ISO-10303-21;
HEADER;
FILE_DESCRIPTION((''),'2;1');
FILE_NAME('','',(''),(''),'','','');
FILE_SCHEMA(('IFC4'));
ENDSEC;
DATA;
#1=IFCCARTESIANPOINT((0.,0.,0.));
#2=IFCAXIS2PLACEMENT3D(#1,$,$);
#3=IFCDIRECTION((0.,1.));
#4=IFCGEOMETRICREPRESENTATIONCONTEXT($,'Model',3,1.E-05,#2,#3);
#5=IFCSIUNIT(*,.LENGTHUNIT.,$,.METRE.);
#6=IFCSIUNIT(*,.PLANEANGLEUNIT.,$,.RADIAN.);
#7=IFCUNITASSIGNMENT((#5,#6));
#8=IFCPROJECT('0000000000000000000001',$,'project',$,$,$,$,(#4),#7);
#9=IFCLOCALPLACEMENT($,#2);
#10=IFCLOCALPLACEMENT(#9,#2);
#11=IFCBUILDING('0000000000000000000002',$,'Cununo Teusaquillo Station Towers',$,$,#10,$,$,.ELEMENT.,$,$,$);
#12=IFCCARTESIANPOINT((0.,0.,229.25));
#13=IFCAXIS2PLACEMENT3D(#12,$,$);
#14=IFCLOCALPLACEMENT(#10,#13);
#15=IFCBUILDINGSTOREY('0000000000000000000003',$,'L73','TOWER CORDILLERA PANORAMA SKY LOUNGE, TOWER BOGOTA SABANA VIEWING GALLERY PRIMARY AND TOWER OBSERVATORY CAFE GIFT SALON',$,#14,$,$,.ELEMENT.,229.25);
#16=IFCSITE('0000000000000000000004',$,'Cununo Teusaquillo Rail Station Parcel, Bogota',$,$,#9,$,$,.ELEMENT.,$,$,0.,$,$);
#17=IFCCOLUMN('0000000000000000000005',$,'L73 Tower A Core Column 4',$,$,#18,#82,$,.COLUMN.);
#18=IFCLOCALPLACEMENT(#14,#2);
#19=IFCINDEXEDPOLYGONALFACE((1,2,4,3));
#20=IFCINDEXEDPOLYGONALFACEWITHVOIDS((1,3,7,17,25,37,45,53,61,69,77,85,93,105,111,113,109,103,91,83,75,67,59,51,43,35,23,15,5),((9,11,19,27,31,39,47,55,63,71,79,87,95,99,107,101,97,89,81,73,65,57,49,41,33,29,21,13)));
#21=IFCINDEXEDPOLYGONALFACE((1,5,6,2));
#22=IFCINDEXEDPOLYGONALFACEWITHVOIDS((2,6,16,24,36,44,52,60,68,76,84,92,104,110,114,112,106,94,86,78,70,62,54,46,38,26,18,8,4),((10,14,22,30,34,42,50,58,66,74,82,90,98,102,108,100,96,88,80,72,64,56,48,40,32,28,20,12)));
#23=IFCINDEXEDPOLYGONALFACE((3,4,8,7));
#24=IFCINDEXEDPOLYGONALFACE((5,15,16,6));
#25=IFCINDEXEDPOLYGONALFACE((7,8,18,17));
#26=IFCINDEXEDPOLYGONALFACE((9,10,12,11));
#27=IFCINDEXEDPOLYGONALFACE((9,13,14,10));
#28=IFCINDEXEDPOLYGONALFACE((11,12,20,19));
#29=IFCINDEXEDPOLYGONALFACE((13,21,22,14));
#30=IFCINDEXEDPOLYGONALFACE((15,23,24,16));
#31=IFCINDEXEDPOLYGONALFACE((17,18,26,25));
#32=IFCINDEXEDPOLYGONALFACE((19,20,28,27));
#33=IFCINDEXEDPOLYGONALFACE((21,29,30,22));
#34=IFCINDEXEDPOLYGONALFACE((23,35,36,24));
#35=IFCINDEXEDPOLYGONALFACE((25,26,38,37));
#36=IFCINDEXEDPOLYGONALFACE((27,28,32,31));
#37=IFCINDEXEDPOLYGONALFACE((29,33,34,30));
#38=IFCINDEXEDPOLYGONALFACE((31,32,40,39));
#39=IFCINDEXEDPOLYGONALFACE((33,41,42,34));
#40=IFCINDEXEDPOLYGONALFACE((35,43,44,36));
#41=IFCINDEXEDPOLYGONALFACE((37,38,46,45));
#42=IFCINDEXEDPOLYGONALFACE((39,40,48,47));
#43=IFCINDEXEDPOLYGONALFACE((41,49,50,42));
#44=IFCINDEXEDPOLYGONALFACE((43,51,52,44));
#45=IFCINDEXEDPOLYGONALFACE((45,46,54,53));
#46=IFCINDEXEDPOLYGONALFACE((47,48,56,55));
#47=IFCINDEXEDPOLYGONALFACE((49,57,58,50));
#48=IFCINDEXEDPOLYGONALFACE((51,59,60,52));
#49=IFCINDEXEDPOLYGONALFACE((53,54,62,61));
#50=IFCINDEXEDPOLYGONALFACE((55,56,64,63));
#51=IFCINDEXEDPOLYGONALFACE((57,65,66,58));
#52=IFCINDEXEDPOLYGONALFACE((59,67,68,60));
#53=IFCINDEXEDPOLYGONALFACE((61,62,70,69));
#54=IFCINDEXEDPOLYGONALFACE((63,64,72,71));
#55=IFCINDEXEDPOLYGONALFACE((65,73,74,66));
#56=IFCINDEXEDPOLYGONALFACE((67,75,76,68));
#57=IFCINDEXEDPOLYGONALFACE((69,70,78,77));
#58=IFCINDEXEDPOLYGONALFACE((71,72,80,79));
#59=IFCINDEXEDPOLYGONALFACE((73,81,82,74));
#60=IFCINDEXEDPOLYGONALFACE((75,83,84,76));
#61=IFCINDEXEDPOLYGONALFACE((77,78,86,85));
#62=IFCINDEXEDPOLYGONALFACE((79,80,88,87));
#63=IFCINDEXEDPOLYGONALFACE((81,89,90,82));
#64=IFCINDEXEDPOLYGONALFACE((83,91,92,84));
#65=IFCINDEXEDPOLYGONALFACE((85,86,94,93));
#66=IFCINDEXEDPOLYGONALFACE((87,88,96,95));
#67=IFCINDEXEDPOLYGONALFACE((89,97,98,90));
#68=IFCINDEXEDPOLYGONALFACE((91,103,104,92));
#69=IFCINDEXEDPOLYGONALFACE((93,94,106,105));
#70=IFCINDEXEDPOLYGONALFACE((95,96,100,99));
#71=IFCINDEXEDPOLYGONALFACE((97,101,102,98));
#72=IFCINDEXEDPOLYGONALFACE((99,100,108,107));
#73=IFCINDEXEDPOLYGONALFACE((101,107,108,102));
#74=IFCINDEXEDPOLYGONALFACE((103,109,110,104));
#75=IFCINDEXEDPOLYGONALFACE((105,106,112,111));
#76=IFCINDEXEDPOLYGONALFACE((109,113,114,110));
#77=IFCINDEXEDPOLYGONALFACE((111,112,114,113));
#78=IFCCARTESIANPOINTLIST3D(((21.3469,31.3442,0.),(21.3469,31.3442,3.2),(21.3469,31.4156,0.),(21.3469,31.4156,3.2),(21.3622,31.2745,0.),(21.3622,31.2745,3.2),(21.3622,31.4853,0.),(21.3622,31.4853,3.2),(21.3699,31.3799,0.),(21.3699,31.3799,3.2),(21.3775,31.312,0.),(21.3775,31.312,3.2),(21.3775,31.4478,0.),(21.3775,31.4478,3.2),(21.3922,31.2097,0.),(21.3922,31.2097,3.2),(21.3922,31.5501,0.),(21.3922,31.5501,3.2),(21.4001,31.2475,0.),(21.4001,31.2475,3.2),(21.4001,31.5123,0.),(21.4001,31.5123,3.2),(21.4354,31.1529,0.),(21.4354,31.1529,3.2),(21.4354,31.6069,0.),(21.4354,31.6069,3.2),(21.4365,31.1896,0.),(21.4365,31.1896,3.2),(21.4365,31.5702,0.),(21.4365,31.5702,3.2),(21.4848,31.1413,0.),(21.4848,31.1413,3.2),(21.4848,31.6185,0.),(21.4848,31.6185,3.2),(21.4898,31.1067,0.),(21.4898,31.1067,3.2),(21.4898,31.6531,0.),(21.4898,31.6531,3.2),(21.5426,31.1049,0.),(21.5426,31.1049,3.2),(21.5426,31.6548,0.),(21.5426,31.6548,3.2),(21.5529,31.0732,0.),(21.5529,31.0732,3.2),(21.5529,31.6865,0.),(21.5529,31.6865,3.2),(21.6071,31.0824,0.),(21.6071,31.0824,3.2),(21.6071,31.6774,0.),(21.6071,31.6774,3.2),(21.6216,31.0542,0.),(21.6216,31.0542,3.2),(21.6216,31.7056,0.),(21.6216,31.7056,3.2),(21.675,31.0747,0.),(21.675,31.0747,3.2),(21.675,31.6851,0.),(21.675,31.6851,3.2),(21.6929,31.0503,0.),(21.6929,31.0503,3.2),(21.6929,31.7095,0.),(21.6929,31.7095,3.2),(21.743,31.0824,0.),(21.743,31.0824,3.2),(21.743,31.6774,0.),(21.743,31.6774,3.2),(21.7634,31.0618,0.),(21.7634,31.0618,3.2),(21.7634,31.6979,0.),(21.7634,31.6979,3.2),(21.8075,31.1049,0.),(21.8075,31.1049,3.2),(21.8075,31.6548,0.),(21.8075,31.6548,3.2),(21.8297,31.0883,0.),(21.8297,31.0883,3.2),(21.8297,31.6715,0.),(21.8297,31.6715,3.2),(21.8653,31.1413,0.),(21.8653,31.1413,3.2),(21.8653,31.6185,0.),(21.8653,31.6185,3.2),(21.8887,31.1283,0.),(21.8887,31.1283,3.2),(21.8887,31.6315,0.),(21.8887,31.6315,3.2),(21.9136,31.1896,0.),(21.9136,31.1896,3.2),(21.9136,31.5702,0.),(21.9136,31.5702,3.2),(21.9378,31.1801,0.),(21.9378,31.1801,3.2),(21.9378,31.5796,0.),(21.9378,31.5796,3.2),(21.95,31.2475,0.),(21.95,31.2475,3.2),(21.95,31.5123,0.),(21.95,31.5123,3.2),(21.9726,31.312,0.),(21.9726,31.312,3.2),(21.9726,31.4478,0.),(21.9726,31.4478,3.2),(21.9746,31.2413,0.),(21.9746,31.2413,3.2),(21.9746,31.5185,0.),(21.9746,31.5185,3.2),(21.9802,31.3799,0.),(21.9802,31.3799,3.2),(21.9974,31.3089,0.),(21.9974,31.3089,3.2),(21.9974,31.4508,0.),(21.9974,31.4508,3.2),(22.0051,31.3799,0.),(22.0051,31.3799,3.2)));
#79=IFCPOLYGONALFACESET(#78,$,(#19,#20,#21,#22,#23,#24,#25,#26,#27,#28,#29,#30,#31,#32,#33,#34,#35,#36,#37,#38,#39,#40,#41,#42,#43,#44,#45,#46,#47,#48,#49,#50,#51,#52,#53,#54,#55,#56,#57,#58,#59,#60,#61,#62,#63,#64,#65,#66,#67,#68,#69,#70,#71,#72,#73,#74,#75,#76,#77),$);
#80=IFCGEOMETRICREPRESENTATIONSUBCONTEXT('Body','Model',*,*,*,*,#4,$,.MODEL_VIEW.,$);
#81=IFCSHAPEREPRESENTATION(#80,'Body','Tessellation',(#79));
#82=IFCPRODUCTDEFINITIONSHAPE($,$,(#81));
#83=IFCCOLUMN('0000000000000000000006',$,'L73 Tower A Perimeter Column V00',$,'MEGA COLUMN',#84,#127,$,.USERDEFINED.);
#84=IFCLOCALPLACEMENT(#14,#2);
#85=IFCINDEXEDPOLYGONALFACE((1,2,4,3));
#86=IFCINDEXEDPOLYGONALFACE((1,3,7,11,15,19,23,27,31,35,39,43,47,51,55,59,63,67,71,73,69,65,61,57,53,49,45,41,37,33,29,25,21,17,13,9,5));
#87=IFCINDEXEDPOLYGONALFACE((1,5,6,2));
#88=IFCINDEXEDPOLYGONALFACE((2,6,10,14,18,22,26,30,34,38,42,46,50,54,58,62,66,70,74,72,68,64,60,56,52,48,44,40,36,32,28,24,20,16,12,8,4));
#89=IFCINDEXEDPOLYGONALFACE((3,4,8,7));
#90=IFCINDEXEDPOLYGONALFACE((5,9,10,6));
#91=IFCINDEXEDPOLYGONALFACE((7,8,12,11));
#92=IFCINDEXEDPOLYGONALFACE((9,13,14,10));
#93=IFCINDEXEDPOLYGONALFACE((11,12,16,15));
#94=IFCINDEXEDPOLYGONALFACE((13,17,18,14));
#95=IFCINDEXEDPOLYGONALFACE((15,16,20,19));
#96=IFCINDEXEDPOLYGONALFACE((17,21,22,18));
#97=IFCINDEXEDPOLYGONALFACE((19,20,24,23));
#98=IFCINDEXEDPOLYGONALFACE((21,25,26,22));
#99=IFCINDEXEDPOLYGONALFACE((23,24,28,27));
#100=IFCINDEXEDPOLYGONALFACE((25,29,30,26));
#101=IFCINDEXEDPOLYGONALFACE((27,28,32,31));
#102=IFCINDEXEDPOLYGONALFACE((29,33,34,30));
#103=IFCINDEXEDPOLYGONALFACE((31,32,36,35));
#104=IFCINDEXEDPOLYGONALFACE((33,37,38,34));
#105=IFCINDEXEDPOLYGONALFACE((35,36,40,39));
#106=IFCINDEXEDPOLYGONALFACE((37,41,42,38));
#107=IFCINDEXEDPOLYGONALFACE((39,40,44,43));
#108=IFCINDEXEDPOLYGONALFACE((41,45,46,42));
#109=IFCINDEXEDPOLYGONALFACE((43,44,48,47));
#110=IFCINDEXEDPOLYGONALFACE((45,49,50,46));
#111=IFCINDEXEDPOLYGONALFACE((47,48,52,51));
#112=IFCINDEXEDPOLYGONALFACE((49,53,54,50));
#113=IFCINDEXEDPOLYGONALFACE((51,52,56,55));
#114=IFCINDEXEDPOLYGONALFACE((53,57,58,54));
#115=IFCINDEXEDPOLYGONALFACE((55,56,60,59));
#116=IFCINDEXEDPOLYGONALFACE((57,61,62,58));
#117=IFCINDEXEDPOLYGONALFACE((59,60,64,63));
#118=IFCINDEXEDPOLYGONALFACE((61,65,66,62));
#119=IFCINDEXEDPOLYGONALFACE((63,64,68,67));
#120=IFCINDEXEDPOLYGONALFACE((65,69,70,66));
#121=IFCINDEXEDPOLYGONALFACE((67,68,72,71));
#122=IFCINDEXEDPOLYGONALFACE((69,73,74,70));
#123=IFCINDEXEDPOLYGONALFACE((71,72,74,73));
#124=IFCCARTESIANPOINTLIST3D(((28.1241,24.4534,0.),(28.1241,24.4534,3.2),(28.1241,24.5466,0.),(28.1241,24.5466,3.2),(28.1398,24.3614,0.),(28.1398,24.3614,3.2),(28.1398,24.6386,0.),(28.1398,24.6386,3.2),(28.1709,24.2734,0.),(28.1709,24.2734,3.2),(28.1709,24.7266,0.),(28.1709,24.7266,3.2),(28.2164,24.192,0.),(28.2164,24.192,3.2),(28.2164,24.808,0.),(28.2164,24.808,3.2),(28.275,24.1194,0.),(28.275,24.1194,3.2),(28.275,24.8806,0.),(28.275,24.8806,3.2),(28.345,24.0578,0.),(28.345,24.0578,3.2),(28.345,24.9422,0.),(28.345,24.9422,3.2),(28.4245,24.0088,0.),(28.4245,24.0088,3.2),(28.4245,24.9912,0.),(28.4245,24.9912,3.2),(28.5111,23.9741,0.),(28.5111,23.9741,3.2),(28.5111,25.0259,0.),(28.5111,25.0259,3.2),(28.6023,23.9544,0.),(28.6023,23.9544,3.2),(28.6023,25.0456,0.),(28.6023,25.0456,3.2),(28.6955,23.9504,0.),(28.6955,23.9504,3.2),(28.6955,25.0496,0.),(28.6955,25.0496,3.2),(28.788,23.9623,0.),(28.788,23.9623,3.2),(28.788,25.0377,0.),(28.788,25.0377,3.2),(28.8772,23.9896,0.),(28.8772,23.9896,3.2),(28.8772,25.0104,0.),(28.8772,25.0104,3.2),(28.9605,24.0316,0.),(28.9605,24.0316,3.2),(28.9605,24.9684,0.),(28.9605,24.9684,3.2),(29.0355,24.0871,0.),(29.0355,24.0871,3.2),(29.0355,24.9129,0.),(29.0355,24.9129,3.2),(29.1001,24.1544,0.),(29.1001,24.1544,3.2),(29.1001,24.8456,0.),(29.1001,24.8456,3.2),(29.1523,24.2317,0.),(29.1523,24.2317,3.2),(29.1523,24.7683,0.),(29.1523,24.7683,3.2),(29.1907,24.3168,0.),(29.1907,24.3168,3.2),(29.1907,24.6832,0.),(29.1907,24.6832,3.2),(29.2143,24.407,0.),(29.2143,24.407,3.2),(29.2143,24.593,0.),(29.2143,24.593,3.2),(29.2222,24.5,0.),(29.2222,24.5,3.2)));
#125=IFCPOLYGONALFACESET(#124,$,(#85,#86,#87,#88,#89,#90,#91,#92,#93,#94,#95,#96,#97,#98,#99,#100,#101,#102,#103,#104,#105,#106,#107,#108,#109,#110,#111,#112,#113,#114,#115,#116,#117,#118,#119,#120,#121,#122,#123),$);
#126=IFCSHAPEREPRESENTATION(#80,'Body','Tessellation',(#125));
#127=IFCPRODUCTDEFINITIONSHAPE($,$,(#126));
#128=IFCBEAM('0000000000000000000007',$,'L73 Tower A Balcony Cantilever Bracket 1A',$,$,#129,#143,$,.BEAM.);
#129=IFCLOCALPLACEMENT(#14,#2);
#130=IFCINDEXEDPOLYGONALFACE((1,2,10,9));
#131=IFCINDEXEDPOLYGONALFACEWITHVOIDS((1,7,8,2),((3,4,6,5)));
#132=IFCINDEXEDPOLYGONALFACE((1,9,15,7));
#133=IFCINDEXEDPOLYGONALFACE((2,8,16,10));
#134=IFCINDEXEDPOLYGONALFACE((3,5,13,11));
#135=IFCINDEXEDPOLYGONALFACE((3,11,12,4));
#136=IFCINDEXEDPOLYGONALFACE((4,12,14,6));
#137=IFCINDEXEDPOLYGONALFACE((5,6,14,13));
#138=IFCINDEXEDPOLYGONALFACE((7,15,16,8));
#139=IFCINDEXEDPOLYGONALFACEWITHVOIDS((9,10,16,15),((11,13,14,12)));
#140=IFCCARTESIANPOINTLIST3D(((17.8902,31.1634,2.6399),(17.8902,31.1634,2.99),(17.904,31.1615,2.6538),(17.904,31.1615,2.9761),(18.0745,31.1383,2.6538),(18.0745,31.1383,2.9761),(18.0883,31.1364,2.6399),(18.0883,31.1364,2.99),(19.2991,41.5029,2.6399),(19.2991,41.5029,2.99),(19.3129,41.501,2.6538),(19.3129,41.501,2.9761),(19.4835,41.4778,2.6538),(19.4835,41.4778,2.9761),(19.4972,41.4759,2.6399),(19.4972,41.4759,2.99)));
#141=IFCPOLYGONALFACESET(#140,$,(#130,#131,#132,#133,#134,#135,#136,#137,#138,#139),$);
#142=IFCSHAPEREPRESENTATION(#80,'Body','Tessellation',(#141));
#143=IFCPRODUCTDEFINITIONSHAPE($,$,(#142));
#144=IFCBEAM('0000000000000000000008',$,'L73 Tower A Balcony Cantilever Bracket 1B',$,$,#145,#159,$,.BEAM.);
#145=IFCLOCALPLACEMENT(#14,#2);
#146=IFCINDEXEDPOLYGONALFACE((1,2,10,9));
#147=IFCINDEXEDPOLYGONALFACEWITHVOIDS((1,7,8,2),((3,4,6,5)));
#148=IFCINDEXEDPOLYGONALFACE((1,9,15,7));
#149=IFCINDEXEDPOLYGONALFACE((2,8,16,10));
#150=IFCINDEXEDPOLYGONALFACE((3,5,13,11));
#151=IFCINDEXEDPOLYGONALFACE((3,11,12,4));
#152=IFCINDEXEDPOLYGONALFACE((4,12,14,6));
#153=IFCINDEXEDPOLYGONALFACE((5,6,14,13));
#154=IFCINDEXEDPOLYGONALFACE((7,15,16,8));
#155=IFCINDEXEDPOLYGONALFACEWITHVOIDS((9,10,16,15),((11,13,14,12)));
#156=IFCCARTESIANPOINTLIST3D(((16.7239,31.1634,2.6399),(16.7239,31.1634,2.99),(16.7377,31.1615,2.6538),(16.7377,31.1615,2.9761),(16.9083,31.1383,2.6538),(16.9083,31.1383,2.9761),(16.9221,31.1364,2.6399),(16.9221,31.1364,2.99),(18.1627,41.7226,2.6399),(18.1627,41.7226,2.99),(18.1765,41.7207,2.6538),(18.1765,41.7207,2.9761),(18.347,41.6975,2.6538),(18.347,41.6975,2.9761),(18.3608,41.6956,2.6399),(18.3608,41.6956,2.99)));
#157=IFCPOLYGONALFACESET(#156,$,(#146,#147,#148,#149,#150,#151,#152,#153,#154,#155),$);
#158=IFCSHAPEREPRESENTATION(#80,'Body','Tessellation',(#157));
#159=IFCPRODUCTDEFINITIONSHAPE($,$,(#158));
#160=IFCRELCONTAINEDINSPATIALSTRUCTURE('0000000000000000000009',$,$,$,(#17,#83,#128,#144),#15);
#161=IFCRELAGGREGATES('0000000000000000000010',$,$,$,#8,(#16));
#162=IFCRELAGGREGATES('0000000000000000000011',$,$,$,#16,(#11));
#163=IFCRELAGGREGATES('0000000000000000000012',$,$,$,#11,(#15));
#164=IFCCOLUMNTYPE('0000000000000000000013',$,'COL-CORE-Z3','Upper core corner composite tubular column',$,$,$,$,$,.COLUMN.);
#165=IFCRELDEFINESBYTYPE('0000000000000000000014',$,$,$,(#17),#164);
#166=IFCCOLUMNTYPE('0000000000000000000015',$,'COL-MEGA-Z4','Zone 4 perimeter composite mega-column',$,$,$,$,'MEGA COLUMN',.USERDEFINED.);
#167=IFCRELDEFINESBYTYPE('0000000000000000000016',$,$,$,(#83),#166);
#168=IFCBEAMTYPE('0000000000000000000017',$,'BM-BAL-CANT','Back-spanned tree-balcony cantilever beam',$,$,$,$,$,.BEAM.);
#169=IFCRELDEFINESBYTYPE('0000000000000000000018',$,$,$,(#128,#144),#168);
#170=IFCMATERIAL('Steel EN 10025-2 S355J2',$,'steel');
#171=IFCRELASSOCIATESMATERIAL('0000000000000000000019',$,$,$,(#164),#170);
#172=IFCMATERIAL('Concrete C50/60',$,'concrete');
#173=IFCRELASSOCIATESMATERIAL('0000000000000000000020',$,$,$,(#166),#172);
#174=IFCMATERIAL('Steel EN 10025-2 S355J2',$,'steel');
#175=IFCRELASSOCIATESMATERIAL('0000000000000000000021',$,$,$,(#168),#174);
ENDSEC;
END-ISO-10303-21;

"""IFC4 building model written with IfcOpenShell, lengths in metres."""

from ifc_helpers import new_model, si_unit, direction, frame, origin, origin_2d, place, context, subcontext, project, spatial, hollow_rectangle, circle, hollow_circle, extrude, material, material_profile, profile_set, type_object, element, save


model = new_model("IFC4")

# Units and contexts
model_context = context("Model", 3, precision=1e-05, world=origin(), true_north=direction((0.0, 1.0)))
body_context = subcontext(model_context, "Body", "Model", "MODEL_VIEW")
ifc_project = project(units=[si_unit("LENGTHUNIT", "METRE"), si_unit("PLANEANGLEUNIT", "RADIAN")], contexts=[model_context])

# Site, building, storey
site_placement = place(None, origin())
site = spatial("IfcSite", under=ifc_project, at=site_placement, Name="Cununo Teusaquillo Rail Station Parcel, Bogota", CompositionType="ELEMENT", RefElevation=0.0)
building_placement = place(site_placement, origin())
building = spatial("IfcBuilding", under=site, at=building_placement, Name="Cununo Teusaquillo Station Towers", CompositionType="ELEMENT")
storey_placement = place(building_placement, frame((0.0, 0.0, 229.25)))
storey = spatial("IfcBuildingStorey", under=building, at=storey_placement, Name="L73", Description="TOWER CORDILLERA PANORAMA SKY LOUNGE, TOWER BOGOTA SABANA VIEWING GALLERY PRIMARY AND TOWER OBSERVATORY CAFE GIFT SALON", CompositionType="ELEMENT", Elevation=229.25)

# Columns
ifc_material_1 = material(Name="Steel EN 10025-2 S355J2", Category="steel")
ifc_material_profile_1 = material_profile(ifc_material_1, hollow_circle(Radius=0.3301, WallThickness=0.0249, at=origin_2d()), Name="CHS 660x25")
ifc_profile_set_1 = profile_set([ifc_material_profile_1], Name="Steel EN 10025-2 S355J2")
column_type_1 = type_object("IfcColumnType", Name="COL-CORE-Z3", Description="Upper core corner composite tubular column", PredefinedType="COLUMN", material=ifc_profile_set_1)
column_1_placement = place(storey_placement, frame((21.675, 31.3799, 0.0), z_axis=(0.0, 0.0, 1.0), x_axis=(1.0, 0.0, 0.0)))
element("IfcColumn", 1, at=column_1_placement, inside=storey, type_object=column_type_1, Name="L73 Tower A Core Column 4", PredefinedType="COLUMN", context=body_context, shape_type="SweptSolid", body=[
    extrude(hollow_circle(Radius=0.3301, WallThickness=0.0249, at=origin_2d()), origin(), (0.0, 0.0, 1.0), 3.2),
])
ifc_material_2 = material(Name="Concrete C50/60", Category="concrete")
ifc_material_profile_2 = material_profile(ifc_material_2, circle(Radius=0.55, at=origin_2d()), Name="RC-CIRC-1100")
ifc_profile_set_2 = profile_set([ifc_material_profile_2], Name="Concrete C50/60")
column_type_2 = type_object("IfcColumnType", Name="COL-MEGA-Z4", Description="Zone 4 perimeter composite mega-column", ElementType="MEGA COLUMN", PredefinedType="USERDEFINED", material=ifc_profile_set_2)
column_2_placement = place(storey_placement, frame((28.6721, 24.5, 0.0), z_axis=(0.0, 0.0, 1.0), x_axis=(1.0, 0.0, 0.0)))
element("IfcColumn", 2, at=column_2_placement, inside=storey, type_object=column_type_2, Name="L73 Tower A Perimeter Column V00", ObjectType="MEGA COLUMN", PredefinedType="USERDEFINED", context=body_context, shape_type="SweptSolid", body=[
    extrude(circle(Radius=0.55, at=origin_2d()), origin(), (0.0, 0.0, 1.0), 3.2),
])

# Beams
ifc_material_3 = material(Name="Steel EN 10025-2 S355J2", Category="steel")
ifc_material_profile_3 = material_profile(ifc_material_3, hollow_rectangle(XDim=0.2, YDim=0.3501, WallThickness=0.0139, at=origin_2d()), Name="RHS 350x200x14")
ifc_profile_set_3 = profile_set([ifc_material_profile_3], Name="Steel EN 10025-2 S355J2")
beam_type_1 = type_object("IfcBeamType", Name="BM-BAL-CANT", Description="Back-spanned tree-balcony cantilever beam", PredefinedType="BEAM", material=ifc_profile_set_3)
beam_1_placement = place(storey_placement, frame((17.9893, 31.1499, 2.8149), z_axis=(0.135018, 0.990843, 0.0), x_axis=(-0.990843, 0.135018, 0.0)))
element("IfcBeam", 3, at=beam_1_placement, inside=storey, type_object=beam_type_1, Name="L73 Tower A Balcony Cantilever Bracket 1A", PredefinedType="BEAM", context=body_context, shape_type="SweptSolid", body=[
    extrude(hollow_rectangle(XDim=0.2, YDim=0.3501, WallThickness=0.0139, at=origin_2d()), origin(), (0.0, 0.0, 1.0), 10.4351),
])
beam_2_placement = place(storey_placement, frame((16.823, 31.1499, 2.8149), z_axis=(0.135007, 0.990845, 0.0), x_axis=(-0.990845, 0.135007, 0.0)))
element("IfcBeam", 4, at=beam_2_placement, inside=storey, type_object=beam_type_1, Name="L73 Tower A Balcony Cantilever Bracket 1B", PredefinedType="BEAM", context=body_context, shape_type="SweptSolid", body=[
    extrude(hollow_rectangle(XDim=0.2, YDim=0.3501, WallThickness=0.0139, at=origin_2d()), origin(), (0.0, 0.0, 1.0), 10.6567),
])

save(model, "model.ifc")
